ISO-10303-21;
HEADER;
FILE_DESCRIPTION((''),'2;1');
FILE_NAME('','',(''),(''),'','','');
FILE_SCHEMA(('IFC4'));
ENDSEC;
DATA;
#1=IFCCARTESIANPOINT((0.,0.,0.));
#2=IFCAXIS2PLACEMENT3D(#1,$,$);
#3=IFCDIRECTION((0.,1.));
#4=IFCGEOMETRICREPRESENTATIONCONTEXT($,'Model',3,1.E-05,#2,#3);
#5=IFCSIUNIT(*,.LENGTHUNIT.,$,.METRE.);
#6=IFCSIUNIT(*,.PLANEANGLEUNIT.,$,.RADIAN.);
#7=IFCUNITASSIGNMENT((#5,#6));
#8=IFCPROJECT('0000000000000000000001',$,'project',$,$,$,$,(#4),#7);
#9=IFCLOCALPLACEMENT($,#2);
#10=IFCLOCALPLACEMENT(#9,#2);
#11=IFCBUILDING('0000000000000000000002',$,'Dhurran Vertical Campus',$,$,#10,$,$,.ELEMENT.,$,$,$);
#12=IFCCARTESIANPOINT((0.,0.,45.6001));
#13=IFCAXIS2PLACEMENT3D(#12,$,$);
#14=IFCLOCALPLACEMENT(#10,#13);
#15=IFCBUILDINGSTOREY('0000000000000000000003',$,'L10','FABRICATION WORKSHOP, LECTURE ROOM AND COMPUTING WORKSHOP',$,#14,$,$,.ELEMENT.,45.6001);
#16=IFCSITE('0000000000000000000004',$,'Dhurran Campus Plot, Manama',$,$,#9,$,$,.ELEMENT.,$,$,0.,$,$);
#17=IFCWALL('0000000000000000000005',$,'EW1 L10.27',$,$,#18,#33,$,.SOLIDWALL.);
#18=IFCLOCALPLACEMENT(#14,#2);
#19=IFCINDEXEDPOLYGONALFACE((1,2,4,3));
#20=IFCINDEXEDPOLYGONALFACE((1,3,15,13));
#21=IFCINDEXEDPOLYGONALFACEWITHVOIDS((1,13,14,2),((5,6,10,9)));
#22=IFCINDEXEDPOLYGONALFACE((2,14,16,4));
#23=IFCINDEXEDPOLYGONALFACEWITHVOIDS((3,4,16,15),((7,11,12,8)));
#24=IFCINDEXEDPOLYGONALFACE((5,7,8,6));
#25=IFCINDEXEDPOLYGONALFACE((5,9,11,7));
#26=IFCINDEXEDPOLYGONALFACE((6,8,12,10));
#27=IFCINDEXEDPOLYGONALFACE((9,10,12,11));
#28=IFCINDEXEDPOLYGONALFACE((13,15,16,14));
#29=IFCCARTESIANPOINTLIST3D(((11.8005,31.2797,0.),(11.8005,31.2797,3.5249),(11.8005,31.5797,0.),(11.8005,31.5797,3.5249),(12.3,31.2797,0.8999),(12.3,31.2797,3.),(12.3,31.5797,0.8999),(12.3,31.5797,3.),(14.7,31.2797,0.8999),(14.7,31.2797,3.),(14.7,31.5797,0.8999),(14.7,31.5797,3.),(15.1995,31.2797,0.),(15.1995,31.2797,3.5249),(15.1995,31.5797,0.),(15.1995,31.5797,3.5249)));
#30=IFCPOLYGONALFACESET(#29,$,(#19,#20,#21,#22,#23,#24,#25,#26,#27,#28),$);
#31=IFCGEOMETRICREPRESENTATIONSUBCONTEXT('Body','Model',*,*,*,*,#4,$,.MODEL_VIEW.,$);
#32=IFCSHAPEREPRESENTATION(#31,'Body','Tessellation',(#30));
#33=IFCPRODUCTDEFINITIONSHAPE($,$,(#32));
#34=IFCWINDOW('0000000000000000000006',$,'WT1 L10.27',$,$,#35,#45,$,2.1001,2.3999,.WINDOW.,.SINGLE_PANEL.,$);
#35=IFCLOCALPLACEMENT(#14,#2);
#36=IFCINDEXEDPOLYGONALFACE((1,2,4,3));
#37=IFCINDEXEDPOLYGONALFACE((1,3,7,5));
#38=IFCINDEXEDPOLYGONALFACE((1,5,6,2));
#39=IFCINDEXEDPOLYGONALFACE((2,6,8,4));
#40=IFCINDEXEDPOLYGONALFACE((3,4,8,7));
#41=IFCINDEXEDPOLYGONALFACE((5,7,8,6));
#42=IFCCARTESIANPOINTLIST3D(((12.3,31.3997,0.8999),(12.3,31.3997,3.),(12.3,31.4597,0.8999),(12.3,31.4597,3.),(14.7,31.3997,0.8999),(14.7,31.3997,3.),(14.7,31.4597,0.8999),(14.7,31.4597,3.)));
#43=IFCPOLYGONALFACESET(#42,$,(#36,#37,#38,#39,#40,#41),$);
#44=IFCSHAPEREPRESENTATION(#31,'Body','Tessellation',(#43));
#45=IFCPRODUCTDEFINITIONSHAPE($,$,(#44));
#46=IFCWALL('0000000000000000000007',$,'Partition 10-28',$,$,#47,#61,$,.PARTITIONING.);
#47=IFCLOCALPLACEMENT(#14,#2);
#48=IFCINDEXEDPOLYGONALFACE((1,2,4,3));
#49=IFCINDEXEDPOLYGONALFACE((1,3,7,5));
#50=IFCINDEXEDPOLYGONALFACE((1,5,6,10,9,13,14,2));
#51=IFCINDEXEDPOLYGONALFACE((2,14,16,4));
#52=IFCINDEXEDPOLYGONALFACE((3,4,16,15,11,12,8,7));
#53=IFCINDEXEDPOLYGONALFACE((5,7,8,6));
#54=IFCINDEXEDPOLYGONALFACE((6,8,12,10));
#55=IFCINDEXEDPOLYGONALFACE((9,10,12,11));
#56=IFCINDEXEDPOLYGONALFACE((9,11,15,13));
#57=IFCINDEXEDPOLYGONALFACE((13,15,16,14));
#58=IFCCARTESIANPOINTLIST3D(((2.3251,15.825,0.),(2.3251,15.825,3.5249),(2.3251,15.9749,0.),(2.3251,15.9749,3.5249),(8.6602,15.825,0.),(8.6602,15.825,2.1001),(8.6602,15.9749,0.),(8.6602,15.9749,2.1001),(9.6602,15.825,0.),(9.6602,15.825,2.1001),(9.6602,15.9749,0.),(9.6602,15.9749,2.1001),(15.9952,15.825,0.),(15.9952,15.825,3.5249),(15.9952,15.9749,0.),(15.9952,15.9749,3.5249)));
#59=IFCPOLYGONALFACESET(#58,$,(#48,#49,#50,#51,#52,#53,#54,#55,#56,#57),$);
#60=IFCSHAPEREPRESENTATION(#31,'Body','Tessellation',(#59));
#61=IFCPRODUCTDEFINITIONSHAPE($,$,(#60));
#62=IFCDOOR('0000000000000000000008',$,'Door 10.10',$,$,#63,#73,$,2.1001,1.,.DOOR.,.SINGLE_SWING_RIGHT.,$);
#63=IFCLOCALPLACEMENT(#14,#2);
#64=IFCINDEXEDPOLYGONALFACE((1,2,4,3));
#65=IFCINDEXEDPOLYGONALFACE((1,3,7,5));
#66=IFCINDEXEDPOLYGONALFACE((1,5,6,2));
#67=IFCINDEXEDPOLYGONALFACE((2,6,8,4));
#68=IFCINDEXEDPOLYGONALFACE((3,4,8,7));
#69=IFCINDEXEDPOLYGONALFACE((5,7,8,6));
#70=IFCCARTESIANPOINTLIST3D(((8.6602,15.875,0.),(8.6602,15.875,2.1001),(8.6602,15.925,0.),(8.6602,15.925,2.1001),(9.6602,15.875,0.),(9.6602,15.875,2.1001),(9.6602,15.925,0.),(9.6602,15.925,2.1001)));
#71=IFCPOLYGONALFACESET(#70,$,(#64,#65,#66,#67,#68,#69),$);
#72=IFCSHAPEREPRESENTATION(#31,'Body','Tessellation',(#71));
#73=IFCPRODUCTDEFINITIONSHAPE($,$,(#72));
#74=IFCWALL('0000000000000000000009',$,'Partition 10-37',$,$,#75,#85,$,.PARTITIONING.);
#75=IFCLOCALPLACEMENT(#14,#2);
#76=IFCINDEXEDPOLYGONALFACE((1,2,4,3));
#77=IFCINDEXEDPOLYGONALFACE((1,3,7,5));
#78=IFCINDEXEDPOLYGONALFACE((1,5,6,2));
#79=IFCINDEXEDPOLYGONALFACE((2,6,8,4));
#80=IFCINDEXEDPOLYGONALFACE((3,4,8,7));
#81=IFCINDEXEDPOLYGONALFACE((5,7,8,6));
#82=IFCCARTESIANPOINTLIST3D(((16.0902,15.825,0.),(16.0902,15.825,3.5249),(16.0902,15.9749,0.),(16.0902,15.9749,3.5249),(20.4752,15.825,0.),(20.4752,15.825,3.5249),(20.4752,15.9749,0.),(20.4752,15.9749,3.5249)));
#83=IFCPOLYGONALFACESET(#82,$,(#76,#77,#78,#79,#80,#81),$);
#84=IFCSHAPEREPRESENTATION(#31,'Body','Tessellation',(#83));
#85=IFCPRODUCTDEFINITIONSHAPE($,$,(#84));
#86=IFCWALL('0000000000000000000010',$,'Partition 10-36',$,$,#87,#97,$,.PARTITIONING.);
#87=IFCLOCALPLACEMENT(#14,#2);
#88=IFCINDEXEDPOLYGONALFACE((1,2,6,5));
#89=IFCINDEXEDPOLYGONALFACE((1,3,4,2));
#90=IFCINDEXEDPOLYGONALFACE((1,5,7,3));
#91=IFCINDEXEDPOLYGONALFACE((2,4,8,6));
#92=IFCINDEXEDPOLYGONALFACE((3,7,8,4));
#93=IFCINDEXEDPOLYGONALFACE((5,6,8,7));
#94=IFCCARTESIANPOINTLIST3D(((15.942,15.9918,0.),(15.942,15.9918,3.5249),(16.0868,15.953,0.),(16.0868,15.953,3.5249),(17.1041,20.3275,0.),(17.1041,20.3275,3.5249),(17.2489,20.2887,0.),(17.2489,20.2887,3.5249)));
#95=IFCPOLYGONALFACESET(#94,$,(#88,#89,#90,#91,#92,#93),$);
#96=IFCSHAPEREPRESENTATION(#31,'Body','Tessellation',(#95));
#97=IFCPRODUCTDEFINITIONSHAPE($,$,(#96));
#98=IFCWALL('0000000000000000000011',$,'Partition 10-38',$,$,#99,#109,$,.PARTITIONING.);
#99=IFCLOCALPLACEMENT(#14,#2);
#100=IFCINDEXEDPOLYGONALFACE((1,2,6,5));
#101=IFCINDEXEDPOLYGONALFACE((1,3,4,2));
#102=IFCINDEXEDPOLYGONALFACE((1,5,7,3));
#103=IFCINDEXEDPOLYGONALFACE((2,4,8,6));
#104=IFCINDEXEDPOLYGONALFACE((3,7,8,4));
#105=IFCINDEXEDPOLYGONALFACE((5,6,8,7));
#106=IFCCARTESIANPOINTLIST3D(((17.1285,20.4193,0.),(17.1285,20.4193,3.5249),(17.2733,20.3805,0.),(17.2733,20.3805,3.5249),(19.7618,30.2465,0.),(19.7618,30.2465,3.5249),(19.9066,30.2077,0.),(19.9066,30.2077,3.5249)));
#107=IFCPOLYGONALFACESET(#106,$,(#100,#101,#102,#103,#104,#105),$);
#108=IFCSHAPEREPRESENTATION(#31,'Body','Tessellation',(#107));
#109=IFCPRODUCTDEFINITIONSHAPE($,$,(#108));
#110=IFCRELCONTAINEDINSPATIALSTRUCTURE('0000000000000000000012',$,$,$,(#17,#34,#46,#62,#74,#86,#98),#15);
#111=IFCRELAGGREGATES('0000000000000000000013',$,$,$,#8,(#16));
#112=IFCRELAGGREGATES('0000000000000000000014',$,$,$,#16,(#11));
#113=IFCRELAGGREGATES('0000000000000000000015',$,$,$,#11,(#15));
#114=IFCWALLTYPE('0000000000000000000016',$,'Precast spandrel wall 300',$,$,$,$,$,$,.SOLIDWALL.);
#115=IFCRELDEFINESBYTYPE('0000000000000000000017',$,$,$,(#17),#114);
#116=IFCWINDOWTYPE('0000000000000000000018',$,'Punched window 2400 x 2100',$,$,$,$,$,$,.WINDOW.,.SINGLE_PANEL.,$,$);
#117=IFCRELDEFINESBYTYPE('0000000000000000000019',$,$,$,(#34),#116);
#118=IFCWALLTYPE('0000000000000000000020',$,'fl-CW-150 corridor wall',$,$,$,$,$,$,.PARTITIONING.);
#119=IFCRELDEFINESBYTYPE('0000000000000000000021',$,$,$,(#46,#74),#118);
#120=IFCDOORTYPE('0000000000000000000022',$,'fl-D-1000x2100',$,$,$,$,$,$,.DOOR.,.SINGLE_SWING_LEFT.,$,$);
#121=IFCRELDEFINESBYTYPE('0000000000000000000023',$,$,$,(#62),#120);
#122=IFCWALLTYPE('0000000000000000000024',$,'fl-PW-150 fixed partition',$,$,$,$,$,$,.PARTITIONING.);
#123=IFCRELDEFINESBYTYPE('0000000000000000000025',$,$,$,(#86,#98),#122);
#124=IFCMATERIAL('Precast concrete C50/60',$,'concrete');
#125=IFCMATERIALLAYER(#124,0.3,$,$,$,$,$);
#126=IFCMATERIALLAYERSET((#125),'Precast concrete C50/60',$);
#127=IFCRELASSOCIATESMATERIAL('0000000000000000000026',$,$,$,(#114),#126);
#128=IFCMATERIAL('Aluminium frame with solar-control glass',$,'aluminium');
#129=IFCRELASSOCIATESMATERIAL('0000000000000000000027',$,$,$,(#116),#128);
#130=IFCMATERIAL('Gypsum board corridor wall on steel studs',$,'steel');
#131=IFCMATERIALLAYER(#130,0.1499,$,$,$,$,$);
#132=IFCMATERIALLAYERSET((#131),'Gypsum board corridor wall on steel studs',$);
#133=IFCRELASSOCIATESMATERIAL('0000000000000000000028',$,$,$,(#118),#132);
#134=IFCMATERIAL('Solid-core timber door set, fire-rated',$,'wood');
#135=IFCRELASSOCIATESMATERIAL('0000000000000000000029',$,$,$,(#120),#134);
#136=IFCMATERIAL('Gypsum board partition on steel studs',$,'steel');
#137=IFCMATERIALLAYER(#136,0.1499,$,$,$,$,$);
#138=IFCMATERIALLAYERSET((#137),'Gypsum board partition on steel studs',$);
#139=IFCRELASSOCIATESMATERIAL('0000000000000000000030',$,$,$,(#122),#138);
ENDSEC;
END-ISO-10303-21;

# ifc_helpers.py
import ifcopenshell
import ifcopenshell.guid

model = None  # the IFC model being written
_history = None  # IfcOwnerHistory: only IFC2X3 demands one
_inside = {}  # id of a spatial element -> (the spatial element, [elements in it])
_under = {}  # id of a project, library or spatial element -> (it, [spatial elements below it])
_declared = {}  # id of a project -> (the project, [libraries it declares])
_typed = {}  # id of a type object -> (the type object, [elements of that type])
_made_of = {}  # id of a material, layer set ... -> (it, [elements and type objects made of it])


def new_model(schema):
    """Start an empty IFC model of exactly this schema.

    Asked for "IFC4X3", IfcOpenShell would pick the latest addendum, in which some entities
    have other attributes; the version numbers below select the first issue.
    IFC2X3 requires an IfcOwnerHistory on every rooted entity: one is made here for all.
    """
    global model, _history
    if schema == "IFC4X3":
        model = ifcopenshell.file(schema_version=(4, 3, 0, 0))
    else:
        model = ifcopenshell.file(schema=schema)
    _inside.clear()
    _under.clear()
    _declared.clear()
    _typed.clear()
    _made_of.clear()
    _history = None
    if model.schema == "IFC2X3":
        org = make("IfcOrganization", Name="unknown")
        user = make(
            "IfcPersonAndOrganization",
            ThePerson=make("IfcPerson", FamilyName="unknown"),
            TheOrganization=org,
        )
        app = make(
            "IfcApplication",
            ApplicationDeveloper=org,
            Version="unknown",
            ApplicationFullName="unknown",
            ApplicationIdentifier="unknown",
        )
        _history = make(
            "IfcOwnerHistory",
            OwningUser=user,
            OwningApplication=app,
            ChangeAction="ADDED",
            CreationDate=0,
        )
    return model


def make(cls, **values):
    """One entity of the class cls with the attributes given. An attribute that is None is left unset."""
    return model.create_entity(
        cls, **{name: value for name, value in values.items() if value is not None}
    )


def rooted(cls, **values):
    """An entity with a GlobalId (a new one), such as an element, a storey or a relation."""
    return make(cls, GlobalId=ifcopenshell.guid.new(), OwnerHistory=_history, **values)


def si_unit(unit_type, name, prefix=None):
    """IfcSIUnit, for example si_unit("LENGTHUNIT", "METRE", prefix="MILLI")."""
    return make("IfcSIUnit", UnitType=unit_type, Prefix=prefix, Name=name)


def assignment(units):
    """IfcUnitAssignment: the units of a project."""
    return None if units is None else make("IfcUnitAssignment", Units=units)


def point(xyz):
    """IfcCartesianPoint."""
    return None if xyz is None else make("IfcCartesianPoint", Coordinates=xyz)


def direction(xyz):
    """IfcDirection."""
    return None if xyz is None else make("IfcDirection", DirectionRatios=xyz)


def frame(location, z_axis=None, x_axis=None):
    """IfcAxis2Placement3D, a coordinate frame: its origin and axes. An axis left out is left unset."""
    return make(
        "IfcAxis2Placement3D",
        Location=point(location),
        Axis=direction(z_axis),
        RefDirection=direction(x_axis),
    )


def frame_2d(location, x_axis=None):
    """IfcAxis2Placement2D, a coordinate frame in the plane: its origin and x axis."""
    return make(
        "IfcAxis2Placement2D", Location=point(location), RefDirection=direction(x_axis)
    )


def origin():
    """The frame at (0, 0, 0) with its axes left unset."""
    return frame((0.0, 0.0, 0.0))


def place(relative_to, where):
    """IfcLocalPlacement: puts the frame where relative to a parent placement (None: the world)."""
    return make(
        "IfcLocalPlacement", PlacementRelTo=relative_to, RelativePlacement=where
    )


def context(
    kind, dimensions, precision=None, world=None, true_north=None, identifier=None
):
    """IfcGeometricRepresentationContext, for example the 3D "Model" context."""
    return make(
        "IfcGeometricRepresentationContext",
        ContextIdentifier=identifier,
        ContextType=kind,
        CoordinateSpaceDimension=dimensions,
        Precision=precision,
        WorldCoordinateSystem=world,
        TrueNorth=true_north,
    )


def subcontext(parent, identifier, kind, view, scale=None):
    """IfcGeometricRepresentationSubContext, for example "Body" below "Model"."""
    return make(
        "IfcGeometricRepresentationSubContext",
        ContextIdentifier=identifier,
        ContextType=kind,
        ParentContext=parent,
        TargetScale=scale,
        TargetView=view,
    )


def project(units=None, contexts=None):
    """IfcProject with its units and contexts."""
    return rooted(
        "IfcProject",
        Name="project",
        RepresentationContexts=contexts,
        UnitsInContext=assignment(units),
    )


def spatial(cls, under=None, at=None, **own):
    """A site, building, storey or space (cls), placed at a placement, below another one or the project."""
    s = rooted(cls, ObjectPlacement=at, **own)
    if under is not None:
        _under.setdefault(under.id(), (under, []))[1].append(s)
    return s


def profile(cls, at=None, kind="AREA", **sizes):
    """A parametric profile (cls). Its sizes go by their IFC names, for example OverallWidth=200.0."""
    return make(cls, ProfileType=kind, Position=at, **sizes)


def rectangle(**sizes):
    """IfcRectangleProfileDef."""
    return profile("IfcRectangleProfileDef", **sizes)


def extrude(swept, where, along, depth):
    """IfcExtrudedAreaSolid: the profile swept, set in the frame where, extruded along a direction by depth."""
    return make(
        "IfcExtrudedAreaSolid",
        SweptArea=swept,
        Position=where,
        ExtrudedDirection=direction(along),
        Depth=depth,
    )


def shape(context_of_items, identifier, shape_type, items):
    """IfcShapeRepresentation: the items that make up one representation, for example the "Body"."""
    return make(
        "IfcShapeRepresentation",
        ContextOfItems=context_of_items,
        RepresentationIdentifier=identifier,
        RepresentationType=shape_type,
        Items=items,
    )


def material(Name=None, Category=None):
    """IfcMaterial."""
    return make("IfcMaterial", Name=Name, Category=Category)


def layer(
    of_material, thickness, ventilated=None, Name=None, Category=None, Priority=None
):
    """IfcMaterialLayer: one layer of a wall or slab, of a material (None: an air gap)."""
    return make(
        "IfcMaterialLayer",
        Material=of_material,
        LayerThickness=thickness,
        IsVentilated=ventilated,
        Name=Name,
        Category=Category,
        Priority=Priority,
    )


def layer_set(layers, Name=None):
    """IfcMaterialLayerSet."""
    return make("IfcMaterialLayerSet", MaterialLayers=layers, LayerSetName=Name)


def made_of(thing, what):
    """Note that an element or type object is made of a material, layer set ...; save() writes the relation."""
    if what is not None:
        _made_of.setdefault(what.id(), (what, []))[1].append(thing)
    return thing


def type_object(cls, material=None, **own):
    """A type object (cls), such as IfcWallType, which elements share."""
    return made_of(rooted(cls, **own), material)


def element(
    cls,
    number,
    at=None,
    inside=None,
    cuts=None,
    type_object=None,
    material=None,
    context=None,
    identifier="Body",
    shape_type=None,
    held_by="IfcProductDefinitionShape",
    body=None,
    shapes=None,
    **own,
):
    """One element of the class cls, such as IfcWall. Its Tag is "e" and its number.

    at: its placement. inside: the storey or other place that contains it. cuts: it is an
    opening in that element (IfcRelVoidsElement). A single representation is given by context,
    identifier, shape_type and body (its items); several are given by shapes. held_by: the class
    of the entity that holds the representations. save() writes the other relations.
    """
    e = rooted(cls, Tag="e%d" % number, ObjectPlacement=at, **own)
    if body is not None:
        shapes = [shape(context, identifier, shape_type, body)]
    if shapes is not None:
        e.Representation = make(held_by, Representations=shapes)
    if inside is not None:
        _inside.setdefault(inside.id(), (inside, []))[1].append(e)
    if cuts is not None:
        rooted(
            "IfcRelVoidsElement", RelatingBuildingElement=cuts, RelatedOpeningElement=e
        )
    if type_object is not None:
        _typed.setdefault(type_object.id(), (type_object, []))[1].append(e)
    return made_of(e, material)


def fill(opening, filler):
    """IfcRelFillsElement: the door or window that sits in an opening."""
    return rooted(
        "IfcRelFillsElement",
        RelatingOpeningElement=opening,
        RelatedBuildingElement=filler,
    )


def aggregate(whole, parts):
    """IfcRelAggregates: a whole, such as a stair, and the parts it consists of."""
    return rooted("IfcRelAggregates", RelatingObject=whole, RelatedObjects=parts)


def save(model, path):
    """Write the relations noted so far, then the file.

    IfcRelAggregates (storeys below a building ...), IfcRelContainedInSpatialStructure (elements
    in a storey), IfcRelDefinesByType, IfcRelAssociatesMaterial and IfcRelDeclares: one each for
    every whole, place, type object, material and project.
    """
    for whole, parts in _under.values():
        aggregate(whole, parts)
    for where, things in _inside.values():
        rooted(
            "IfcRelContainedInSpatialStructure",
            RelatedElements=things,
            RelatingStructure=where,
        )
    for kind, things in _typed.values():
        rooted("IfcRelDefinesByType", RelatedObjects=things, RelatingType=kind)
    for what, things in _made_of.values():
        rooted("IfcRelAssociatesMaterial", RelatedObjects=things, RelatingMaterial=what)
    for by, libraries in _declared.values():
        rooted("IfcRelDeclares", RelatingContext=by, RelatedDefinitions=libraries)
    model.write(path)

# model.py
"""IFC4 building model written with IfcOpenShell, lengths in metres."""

from ifc_helpers import new_model, si_unit, direction, frame, frame_2d, origin, place, context, subcontext, project, spatial, rectangle, extrude, material, layer, layer_set, type_object, element, fill, save


model = new_model("IFC4")

# Units and contexts
model_context = context("Model", 3, precision=1e-05, world=origin(), true_north=direction((0.0, 1.0)))
body_context = subcontext(model_context, "Body", "Model", "MODEL_VIEW")
ifc_project = project(units=[si_unit("LENGTHUNIT", "METRE"), si_unit("PLANEANGLEUNIT", "RADIAN")], contexts=[model_context])

# Site, building, storey
site_placement = place(None, origin())
site = spatial("IfcSite", under=ifc_project, at=site_placement, Name="Dhurran Campus Plot, Manama", CompositionType="ELEMENT", RefElevation=0.0)
building_placement = place(site_placement, origin())
building = spatial("IfcBuilding", under=site, at=building_placement, Name="Dhurran Vertical Campus", CompositionType="ELEMENT")
storey_placement = place(building_placement, frame((0.0, 0.0, 45.6001)))
storey = spatial("IfcBuildingStorey", under=building, at=storey_placement, Name="L10", Description="FABRICATION WORKSHOP, LECTURE ROOM AND COMPUTING WORKSHOP", CompositionType="ELEMENT", Elevation=45.6001)

# Wall, opening, window
ifc_material_1 = material(Name="Precast concrete C50/60", Category="concrete")
ifc_layer_1 = layer(ifc_material_1, 0.3)
ifc_layer_set_1 = layer_set([ifc_layer_1], Name="Precast concrete C50/60")
wall_type_1 = type_object("IfcWallType", Name="Precast spandrel wall 300", PredefinedType="SOLIDWALL", material=ifc_layer_set_1)
ifc_material_2 = material(Name="Aluminium frame with solar-control glass", Category="aluminium")
window_type = type_object("IfcWindowType", Name="Punched window 2400 x 2100", PartitioningType="SINGLE_PANEL", PredefinedType="WINDOW", material=ifc_material_2)
wall_1_placement = place(storey_placement, frame((15.1995, 31.4297, 0.0), z_axis=(0.0, 0.0, 1.0), x_axis=(-1.0, 0.0, 0.0)))
wall_1 = element("IfcWall", 1, at=wall_1_placement, inside=storey, type_object=wall_type_1, Name="EW1 L10.27", PredefinedType="SOLIDWALL", context=body_context, shape_type="SweptSolid", body=[
    extrude(rectangle(XDim=3.3989, YDim=0.3, at=frame_2d((1.6995, 0.0))), origin(), (0.0, 0.0, 1.0), 3.5249),
])
opening_1_placement = place(wall_1_placement, frame((0.4995, 0.0, 0.8999)))
opening_1 = element("IfcOpeningElement", 2, at=opening_1_placement, cuts=wall_1, PredefinedType="OPENING", context=body_context, shape_type="SweptSolid", body=[
    extrude(rectangle(XDim=2.3999, YDim=2.1001, at=frame_2d((1.2, 1.05))), frame((0.0, 0.1599, 0.0), z_axis=(0.0, -1.0, 0.0), x_axis=(1.0, 0.0, 0.0)), (0.0, 0.0, 1.0), 0.3201),
])
window_1_placement = place(opening_1_placement, origin())
window_1 = element("IfcWindow", 3, at=window_1_placement, inside=storey, type_object=window_type, Name="WT1 L10.27", OverallHeight=2.1001, OverallWidth=2.3999, PartitioningType="SINGLE_PANEL", PredefinedType="WINDOW", context=body_context, shape_type="SweptSolid", body=[
    extrude(rectangle(XDim=2.3999, YDim=2.1001, at=frame_2d((1.2, 1.05))), frame((0.0, 0.03, 0.0), z_axis=(0.0, -1.0, 0.0), x_axis=(1.0, 0.0, 0.0)), (0.0, 0.0, 1.0), 0.0601),
])
fill(opening_1, window_1)

# Wall, opening, door
ifc_material_3 = material(Name="Gypsum board corridor wall on steel studs", Category="steel")
ifc_layer_2 = layer(ifc_material_3, 0.1499)
ifc_layer_set_2 = layer_set([ifc_layer_2], Name="Gypsum board corridor wall on steel studs")
wall_type_2 = type_object("IfcWallType", Name="fl-CW-150 corridor wall", PredefinedType="PARTITIONING", material=ifc_layer_set_2)
wall_2_placement = place(storey_placement, frame((15.9951, 15.8999, 0.0), z_axis=(0.0, 0.0, 1.0), x_axis=(-1.0, 0.0, 0.0)))
wall_2 = element("IfcWall", 4, at=wall_2_placement, inside=storey, type_object=wall_type_2, Name="Partition 10-28", PredefinedType="PARTITIONING", context=body_context, shape_type="SweptSolid", body=[
    extrude(rectangle(XDim=13.6702, YDim=0.1499, at=frame_2d((6.835, 0.0))), origin(), (0.0, 0.0, 1.0), 3.5249),
])
opening_2_placement = place(wall_2_placement, frame((6.335, 0.0, 0.0)))
opening_2 = element("IfcOpeningElement", 5, at=opening_2_placement, cuts=wall_2, PredefinedType="OPENING", context=body_context, shape_type="SweptSolid", body=[
    extrude(rectangle(XDim=1.0, YDim=2.1001, at=frame_2d((0.5, 1.05))), frame((0.0, 0.085, 0.0), z_axis=(0.0, -1.0, 0.0), x_axis=(1.0, 0.0, 0.0)), (0.0, 0.0, 1.0), 0.1699),
])
ifc_material_4 = material(Name="Solid-core timber door set, fire-rated", Category="wood")
door_type = type_object("IfcDoorType", Name="fl-D-1000x2100", OperationType="SINGLE_SWING_LEFT", PredefinedType="DOOR", material=ifc_material_4)
door_placement = place(opening_2_placement, origin())
door = element("IfcDoor", 6, at=door_placement, inside=storey, type_object=door_type, Name="Door 10.10", OperationType="SINGLE_SWING_RIGHT", OverallHeight=2.1001, OverallWidth=1.0, PredefinedType="DOOR", context=body_context, shape_type="SweptSolid", body=[
    extrude(rectangle(XDim=1.0, YDim=2.1001, at=frame_2d((0.5, 1.05))), frame((0.0, 0.0249, 0.0), z_axis=(0.0, -1.0, 0.0), x_axis=(1.0, 0.0, 0.0)), (0.0, 0.0, 1.0), 0.05),
])
fill(opening_2, door)

# Walls
wall_3_placement = place(storey_placement, frame((20.4751, 15.8999, 0.0), z_axis=(0.0, 0.0, 1.0), x_axis=(-1.0, 0.0, 0.0)))
element("IfcWall", 7, at=wall_3_placement, inside=storey, type_object=wall_type_2, Name="Partition 10-37", PredefinedType="PARTITIONING", context=body_context, shape_type="SweptSolid", body=[
    extrude(rectangle(XDim=4.385, YDim=0.1499, at=frame_2d((2.1924, 0.0))), origin(), (0.0, 0.0, 1.0), 3.5249),
])
ifc_material_5 = material(Name="Gypsum board partition on steel studs", Category="steel")
ifc_layer_3 = layer(ifc_material_5, 0.1499)
ifc_layer_set_3 = layer_set([ifc_layer_3], Name="Gypsum board partition on steel studs")
wall_type_3 = type_object("IfcWallType", Name="fl-PW-150 fixed partition", PredefinedType="PARTITIONING", material=ifc_layer_set_3)
wall_4_placement = place(storey_placement, frame((17.1765, 20.3081, 0.0), z_axis=(0.0, 0.0, 1.0), x_axis=(-0.258895, -0.965906, 0.0)))
element("IfcWall", 8, at=wall_4_placement, inside=storey, type_object=wall_type_3, Name="Partition 10-36", PredefinedType="PARTITIONING", context=body_context, shape_type="SweptSolid", body=[
    extrude(rectangle(XDim=4.4888, YDim=0.1499, at=frame_2d((2.2444, 0.0))), origin(), (0.0, 0.0, 1.0), 3.5249),
])
wall_5_placement = place(storey_placement, frame((19.8342, 30.2271, 0.0), z_axis=(0.0, 0.0, 1.0), x_axis=(-0.25883, -0.965923, 0.0)))
element("IfcWall", 9, at=wall_5_placement, inside=storey, type_object=wall_type_3, Name="Partition 10-38", PredefinedType="PARTITIONING", context=body_context, shape_type="SweptSolid", body=[
    extrude(rectangle(XDim=10.1738, YDim=0.1499, at=frame_2d((5.0869, 0.0))), origin(), (0.0, 0.0, 1.0), 3.5249),
])

save(model, "model.ifc")
